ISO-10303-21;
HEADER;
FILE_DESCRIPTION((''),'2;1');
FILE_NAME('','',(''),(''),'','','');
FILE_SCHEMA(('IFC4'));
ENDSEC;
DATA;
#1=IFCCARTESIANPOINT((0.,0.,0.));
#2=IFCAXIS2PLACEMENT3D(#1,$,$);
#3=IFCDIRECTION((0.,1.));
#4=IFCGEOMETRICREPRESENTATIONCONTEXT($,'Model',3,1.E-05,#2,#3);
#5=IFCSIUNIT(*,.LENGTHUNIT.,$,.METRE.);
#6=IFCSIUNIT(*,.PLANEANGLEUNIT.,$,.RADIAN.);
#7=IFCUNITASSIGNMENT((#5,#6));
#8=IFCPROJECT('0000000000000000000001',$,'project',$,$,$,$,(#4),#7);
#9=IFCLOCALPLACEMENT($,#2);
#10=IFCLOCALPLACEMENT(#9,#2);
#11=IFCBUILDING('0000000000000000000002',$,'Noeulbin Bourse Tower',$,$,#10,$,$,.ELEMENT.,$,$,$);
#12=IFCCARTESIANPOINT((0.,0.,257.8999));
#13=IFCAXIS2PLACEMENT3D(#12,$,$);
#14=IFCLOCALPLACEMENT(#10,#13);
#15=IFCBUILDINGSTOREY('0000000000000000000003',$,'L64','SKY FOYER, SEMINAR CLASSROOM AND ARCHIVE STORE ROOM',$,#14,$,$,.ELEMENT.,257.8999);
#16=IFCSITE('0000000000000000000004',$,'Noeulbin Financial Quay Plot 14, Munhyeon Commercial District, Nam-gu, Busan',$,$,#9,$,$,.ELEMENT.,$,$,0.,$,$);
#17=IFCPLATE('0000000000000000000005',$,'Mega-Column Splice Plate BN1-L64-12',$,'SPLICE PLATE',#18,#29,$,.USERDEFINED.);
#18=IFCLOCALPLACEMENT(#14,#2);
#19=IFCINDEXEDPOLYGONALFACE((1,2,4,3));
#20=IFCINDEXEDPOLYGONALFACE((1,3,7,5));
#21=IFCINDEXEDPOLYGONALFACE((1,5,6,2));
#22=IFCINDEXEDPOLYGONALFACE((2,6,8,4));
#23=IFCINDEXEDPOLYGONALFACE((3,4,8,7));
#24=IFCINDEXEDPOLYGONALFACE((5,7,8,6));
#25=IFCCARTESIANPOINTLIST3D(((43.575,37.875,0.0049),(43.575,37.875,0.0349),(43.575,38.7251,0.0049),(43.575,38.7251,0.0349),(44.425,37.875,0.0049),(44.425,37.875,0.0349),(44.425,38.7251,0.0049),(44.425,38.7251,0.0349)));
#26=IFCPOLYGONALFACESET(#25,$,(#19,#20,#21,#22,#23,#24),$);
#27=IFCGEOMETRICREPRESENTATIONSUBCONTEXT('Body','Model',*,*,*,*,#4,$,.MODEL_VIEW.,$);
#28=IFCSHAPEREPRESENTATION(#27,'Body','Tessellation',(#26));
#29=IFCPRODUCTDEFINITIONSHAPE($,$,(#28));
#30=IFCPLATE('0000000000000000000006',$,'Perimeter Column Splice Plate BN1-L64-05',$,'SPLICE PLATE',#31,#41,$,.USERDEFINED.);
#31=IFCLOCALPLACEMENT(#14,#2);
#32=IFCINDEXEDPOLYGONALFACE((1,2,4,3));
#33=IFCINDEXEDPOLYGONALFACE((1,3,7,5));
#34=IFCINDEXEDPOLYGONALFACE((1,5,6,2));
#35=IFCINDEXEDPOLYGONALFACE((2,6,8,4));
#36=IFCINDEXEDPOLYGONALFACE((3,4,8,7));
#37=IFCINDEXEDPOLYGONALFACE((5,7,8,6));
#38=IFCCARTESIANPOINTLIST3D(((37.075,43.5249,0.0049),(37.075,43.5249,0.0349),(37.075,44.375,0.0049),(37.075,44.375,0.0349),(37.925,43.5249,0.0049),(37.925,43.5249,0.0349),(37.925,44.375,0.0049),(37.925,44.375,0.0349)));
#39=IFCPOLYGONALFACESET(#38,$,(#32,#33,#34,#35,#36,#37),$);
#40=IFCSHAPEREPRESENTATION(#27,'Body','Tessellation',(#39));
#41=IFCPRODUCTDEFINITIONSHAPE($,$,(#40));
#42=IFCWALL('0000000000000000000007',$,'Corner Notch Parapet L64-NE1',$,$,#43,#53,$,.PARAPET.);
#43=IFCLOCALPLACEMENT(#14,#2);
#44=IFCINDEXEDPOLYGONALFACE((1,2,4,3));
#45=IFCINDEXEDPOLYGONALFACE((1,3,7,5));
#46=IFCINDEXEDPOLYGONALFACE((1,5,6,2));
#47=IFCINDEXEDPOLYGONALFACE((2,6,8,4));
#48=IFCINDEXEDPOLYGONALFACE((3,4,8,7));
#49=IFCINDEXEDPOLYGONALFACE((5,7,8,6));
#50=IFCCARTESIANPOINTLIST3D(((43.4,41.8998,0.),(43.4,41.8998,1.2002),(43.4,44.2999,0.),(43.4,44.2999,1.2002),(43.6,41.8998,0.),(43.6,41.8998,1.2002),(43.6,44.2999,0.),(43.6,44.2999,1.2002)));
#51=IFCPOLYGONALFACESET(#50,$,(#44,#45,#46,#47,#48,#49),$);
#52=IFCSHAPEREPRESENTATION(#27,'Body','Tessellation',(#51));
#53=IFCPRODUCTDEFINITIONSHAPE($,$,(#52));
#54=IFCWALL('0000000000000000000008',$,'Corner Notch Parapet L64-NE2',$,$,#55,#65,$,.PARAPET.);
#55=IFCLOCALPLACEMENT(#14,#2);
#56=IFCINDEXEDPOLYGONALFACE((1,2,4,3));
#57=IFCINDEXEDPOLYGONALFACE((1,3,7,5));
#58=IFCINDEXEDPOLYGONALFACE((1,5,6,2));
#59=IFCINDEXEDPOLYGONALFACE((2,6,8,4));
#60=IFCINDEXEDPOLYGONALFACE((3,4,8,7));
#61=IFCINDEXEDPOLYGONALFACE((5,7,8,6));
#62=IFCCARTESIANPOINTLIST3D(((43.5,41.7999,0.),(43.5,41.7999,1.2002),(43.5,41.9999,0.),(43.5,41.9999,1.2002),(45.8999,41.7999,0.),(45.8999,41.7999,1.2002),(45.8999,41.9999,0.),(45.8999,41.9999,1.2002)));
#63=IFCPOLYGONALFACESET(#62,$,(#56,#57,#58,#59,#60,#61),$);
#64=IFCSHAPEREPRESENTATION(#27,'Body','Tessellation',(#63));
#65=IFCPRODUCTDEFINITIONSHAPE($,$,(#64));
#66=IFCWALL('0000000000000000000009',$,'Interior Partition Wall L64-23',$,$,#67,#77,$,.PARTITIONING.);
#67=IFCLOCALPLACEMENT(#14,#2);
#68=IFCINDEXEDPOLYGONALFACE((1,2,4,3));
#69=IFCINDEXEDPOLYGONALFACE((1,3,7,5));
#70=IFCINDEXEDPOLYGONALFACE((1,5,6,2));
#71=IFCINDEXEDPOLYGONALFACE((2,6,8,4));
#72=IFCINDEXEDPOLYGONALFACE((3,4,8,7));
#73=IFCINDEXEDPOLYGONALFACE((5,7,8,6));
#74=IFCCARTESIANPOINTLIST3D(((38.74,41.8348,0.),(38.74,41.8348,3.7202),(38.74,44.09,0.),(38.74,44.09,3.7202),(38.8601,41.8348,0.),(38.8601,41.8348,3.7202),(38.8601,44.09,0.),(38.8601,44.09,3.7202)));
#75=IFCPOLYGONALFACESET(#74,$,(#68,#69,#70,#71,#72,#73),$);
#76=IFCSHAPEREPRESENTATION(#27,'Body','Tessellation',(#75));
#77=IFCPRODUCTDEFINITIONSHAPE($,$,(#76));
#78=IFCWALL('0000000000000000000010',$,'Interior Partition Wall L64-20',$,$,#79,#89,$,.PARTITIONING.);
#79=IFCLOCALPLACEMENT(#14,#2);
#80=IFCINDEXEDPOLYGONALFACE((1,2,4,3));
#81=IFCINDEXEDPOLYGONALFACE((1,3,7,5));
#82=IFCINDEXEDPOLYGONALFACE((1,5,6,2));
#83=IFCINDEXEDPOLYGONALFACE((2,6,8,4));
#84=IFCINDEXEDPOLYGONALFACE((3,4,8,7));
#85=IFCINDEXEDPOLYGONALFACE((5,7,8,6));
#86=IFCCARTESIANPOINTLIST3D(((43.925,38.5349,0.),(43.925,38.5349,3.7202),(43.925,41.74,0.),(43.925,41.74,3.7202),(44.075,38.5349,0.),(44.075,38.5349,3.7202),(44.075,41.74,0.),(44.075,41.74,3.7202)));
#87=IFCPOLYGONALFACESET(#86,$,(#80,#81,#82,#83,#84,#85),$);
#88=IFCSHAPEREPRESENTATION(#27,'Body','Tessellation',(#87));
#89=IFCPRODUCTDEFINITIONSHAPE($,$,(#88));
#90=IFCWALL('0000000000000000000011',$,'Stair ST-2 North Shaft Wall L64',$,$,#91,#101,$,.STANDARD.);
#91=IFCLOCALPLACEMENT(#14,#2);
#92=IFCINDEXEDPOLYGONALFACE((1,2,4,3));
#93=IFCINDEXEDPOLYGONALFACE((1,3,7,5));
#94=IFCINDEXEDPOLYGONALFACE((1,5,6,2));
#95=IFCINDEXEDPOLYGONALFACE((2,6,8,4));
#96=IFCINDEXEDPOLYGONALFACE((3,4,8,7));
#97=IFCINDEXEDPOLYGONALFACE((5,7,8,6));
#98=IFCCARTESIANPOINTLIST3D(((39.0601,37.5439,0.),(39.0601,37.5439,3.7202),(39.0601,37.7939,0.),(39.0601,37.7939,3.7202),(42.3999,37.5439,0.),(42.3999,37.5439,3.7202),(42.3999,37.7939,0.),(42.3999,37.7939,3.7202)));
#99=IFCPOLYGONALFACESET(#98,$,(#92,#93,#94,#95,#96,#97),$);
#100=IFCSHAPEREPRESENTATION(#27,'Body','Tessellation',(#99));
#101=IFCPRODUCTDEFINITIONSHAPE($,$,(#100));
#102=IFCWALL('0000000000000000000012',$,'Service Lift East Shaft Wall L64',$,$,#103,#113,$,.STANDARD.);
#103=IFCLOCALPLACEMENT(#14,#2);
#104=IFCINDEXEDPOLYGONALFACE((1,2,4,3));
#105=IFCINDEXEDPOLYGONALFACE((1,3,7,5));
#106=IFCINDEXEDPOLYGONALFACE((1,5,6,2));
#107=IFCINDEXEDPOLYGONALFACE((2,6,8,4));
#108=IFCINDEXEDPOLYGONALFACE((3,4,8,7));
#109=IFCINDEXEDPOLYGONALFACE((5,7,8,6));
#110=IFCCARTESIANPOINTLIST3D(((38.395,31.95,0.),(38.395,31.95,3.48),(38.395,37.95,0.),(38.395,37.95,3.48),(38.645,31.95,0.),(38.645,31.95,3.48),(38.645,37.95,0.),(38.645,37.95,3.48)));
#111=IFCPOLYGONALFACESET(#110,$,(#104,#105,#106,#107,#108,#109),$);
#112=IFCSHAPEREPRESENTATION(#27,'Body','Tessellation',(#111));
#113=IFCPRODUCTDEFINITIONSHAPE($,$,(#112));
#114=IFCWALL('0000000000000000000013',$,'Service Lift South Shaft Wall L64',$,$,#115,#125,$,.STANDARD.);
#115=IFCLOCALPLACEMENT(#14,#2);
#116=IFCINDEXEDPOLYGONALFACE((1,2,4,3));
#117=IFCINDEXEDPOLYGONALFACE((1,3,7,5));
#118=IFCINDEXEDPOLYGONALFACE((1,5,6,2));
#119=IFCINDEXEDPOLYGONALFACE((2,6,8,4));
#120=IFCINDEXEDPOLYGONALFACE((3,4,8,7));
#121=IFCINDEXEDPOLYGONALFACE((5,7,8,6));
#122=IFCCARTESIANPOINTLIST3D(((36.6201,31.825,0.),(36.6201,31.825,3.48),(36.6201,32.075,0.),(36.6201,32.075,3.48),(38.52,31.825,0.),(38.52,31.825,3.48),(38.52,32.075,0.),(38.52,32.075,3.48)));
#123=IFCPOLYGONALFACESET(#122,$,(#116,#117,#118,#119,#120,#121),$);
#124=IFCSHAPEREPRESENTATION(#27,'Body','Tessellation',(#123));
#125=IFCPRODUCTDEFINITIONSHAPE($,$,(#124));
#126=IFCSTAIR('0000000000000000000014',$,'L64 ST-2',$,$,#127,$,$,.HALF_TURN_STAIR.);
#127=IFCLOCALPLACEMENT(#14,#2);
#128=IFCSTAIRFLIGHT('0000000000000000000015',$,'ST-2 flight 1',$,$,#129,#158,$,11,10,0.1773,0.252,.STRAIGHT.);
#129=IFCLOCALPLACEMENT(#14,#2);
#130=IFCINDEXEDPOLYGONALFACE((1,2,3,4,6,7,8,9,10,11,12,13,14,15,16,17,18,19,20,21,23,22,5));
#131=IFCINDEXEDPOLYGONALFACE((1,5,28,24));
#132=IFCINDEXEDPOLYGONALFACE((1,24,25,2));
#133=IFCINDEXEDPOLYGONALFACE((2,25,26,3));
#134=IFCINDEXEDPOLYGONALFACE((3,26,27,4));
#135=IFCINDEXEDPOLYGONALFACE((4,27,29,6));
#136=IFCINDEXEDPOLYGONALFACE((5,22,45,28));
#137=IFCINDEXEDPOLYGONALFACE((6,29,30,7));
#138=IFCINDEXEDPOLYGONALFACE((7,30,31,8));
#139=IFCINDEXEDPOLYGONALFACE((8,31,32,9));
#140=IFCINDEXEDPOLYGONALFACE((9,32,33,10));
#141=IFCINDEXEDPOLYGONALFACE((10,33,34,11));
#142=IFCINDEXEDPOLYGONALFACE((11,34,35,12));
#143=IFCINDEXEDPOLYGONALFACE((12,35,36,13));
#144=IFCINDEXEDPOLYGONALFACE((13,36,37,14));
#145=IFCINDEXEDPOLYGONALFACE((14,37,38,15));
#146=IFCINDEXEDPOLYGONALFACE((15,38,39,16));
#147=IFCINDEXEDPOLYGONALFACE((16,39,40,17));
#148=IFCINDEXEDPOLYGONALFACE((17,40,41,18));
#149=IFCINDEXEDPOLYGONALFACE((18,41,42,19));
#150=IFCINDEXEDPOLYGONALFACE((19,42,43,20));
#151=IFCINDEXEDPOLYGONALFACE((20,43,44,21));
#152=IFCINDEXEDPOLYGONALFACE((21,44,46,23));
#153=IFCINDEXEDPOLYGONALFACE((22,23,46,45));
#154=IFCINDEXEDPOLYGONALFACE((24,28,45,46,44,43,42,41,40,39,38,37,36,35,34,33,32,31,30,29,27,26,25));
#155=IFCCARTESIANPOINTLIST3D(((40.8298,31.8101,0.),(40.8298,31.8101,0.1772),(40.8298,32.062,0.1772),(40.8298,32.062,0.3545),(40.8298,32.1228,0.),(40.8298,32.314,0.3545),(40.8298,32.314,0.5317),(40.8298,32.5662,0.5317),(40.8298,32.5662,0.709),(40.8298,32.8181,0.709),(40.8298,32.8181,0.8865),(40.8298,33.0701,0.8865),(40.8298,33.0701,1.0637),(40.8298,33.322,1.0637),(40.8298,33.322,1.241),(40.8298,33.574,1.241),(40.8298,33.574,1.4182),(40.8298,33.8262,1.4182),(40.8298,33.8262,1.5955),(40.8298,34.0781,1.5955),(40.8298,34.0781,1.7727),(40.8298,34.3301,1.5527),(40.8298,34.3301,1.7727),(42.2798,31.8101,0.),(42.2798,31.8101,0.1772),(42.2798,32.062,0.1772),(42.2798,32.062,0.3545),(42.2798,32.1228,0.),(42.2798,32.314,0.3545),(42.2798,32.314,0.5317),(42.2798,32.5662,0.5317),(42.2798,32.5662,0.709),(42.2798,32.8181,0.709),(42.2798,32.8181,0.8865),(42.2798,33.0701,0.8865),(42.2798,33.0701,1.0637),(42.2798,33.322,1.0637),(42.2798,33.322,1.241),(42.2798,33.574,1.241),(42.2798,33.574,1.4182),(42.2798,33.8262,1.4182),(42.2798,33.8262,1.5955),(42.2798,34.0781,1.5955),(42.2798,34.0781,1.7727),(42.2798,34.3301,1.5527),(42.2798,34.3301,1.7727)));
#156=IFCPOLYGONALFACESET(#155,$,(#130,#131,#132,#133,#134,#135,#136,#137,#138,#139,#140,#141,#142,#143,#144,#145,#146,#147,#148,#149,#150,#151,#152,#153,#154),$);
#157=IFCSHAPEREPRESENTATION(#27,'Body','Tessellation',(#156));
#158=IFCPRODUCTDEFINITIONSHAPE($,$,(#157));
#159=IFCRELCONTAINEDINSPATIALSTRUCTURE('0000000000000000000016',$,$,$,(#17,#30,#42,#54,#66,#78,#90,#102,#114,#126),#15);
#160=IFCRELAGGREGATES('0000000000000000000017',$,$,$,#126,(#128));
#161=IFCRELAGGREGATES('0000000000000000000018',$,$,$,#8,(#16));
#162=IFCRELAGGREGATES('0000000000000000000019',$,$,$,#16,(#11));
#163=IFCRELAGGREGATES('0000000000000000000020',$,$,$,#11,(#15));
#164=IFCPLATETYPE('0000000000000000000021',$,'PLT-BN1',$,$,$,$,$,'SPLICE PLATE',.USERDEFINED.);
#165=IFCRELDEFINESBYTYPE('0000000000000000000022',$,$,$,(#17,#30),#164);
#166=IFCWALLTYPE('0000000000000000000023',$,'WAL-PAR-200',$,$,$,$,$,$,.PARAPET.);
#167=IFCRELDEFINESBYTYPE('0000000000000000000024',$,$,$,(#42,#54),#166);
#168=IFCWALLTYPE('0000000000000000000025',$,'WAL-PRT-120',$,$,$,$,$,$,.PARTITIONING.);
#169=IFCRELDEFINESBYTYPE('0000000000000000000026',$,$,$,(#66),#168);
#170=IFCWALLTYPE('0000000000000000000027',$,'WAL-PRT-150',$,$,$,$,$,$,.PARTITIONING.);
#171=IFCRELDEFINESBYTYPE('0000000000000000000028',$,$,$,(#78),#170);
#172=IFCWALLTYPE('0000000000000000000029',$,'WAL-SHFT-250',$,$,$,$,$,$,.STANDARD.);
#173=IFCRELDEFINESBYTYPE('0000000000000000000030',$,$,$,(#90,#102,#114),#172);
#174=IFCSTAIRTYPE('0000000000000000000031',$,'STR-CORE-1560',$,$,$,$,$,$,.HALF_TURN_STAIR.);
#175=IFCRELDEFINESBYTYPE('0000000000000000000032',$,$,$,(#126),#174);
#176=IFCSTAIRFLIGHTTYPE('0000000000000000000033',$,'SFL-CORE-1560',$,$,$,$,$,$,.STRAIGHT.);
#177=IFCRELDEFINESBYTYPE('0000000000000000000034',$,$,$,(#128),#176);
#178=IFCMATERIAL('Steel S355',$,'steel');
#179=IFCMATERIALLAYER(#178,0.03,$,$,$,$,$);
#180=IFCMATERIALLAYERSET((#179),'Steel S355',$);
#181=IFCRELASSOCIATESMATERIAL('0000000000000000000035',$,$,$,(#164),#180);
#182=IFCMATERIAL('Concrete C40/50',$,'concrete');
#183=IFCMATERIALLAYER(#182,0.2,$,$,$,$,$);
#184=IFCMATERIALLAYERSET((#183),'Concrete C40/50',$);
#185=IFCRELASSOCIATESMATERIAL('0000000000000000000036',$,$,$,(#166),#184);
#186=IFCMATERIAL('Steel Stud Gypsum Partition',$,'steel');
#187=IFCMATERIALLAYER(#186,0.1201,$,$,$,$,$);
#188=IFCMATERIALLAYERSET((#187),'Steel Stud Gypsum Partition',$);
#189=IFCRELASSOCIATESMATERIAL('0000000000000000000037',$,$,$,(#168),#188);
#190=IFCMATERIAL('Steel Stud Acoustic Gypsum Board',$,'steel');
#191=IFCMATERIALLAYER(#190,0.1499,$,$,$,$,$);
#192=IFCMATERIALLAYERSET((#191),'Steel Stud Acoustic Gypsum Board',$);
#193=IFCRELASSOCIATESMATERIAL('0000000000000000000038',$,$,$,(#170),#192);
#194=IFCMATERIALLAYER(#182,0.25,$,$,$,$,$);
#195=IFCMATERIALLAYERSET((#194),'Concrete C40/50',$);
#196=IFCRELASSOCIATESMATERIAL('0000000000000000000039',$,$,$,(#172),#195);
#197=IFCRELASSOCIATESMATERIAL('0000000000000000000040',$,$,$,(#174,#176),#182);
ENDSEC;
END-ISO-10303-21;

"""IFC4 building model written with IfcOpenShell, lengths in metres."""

from ifc_helpers import new_model, si_unit, direction, frame, frame_2d, origin, origin_2d, place, context, subcontext, project, spatial, polyline, rectangle, outline, extrude, material, layer, layer_set, type_object, element, aggregate, save


model = new_model("IFC4")

# Units and contexts
model_context = context("Model", 3, precision=1e-05, world=origin(), true_north=direction((0.0, 1.0)))
body_context = subcontext(model_context, "Body", "Model", "MODEL_VIEW")
ifc_project = project(units=[si_unit("LENGTHUNIT", "METRE"), si_unit("PLANEANGLEUNIT", "RADIAN")], contexts=[model_context])

# Site, building, storey
site_placement = place(None, origin())
site = spatial("IfcSite", under=ifc_project, at=site_placement, Name="Noeulbin Financial Quay Plot 14, Munhyeon Commercial District, Nam-gu, Busan", CompositionType="ELEMENT", RefElevation=0.0)
building_placement = place(site_placement, origin())
building = spatial("IfcBuilding", under=site, at=building_placement, Name="Noeulbin Bourse Tower", CompositionType="ELEMENT")
storey_placement = place(building_placement, frame((0.0, 0.0, 257.8999)))
storey = spatial("IfcBuildingStorey", under=building, at=storey_placement, Name="L64", Description="SKY FOYER, SEMINAR CLASSROOM AND ARCHIVE STORE ROOM", CompositionType="ELEMENT", Elevation=257.8999)

# Shared definitions
ifc_material_1 = material(Name="Steel S355", Category="steel")

# Plates
ifc_layer_1 = layer(ifc_material_1, 0.03)
ifc_layer_set_1 = layer_set([ifc_layer_1], Name="Steel S355")
plate_type_1 = type_object("IfcPlateType", Name="PLT-BN1", ElementType="SPLICE PLATE", PredefinedType="USERDEFINED", material=ifc_layer_set_1)
for number, where, z_axis, x_axis, name in (
    (1, (44.0, 38.3, 0.0049), (0.0, 0.0, 1.0), (1.0, 0.0, 0.0), "Mega-Column Splice Plate BN1-L64-12"),
    (2, (37.5, 43.95, 0.0049), (0.0, 0.0, 1.0), (1.0, 0.0, 0.0), "Perimeter Column Splice Plate BN1-L64-05"),
):
    element("IfcPlate", number, at=place(storey_placement, frame(where, z_axis=z_axis, x_axis=x_axis)), inside=storey, type_object=plate_type_1, Name=name, ObjectType="SPLICE PLATE", PredefinedType="USERDEFINED", context=body_context, shape_type="SweptSolid", body=[
        extrude(rectangle(XDim=0.8501, YDim=0.8501, at=origin_2d()), origin(), (0.0, 0.0, 1.0), 0.03),
    ])

# Walls
ifc_material_2 = material(Name="Concrete C40/50", Category="concrete")
ifc_layer_2 = layer(ifc_material_2, 0.2)
ifc_layer_set_2 = layer_set([ifc_layer_2], Name="Concrete C40/50")
wall_type_1 = type_object("IfcWallType", Name="WAL-PAR-200", PredefinedType="PARAPET", material=ifc_layer_set_2)
wall_1_placement = place(storey_placement, frame((43.5, 44.3, 0.0), z_axis=(0.0, 0.0, 1.0), x_axis=(0.0, -1.0, 0.0)))
element("IfcWall", 3, at=wall_1_placement, inside=storey, type_object=wall_type_1, Name="Corner Notch Parapet L64-NE1", PredefinedType="PARAPET", context=body_context, shape_type="SweptSolid", body=[
    extrude(rectangle(XDim=2.4001, YDim=0.2, at=frame_2d((1.2002, 0.0))), origin(), (0.0, 0.0, 1.0), 1.2002),
])
wall_2_placement = place(storey_placement, frame((43.5, 41.8999, 0.0), z_axis=(0.0, 0.0, 1.0), x_axis=(1.0, 0.0, 0.0)))
element("IfcWall", 4, at=wall_2_placement, inside=storey, type_object=wall_type_1, Name="Corner Notch Parapet L64-NE2", PredefinedType="PARAPET", context=body_context, shape_type="SweptSolid", body=[
    extrude(rectangle(XDim=2.3999, YDim=0.2, at=frame_2d((1.2, 0.0))), origin(), (0.0, 0.0, 1.0), 1.2002),
])
ifc_material_3 = material(Name="Steel Stud Gypsum Partition", Category="steel")
ifc_layer_3 = layer(ifc_material_3, 0.1201)
ifc_layer_set_3 = layer_set([ifc_layer_3], Name="Steel Stud Gypsum Partition")
wall_type_2 = type_object("IfcWallType", Name="WAL-PRT-120", PredefinedType="PARTITIONING", material=ifc_layer_set_3)
wall_3_placement = place(storey_placement, frame((38.8, 41.835, 0.0), z_axis=(0.0, 0.0, 1.0), x_axis=(0.0, 1.0, 0.0)))
element("IfcWall", 5, at=wall_3_placement, inside=storey, type_object=wall_type_2, Name="Interior Partition Wall L64-23", PredefinedType="PARTITIONING", context=body_context, shape_type="SweptSolid", body=[
    extrude(rectangle(XDim=2.2551, YDim=0.1201, at=frame_2d((1.1274, 0.0))), origin(), (0.0, 0.0, 1.0), 3.7202),
])
ifc_material_4 = material(Name="Steel Stud Acoustic Gypsum Board", Category="steel")
ifc_layer_4 = layer(ifc_material_4, 0.1499)
ifc_layer_set_4 = layer_set([ifc_layer_4], Name="Steel Stud Acoustic Gypsum Board")
wall_type_3 = type_object("IfcWallType", Name="WAL-PRT-150", PredefinedType="PARTITIONING", material=ifc_layer_set_4)
wall_4_placement = place(storey_placement, frame((44.0, 38.5349, 0.0), z_axis=(0.0, 0.0, 1.0), x_axis=(0.0, 1.0, 0.0)))
element("IfcWall", 6, at=wall_4_placement, inside=storey, type_object=wall_type_3, Name="Interior Partition Wall L64-20", PredefinedType="PARTITIONING", context=body_context, shape_type="SweptSolid", body=[
    extrude(rectangle(XDim=3.2051, YDim=0.1499, at=frame_2d((1.6025, 0.0))), origin(), (0.0, 0.0, 1.0), 3.7202),
])
ifc_layer_5 = layer(ifc_material_2, 0.25)
ifc_layer_set_5 = layer_set([ifc_layer_5], Name="Concrete C40/50")
wall_type_4 = type_object("IfcWallType", Name="WAL-SHFT-250", PredefinedType="STANDARD", material=ifc_layer_set_5)
wall_5_placement = place(storey_placement, frame((39.0601, 37.6689, 0.0), z_axis=(0.0, 0.0, 1.0), x_axis=(1.0, 0.0, 0.0)))
element("IfcWall", 7, at=wall_5_placement, inside=storey, type_object=wall_type_4, Name="Stair ST-2 North Shaft Wall L64", PredefinedType="STANDARD", context=body_context, shape_type="SweptSolid", body=[
    extrude(rectangle(XDim=3.3398, YDim=0.25, at=frame_2d((1.6699, 0.0))), origin(), (0.0, 0.0, 1.0), 3.7202),
])
wall_6_placement = place(storey_placement, frame((38.52, 31.95, 0.0), z_axis=(0.0, 0.0, 1.0), x_axis=(0.0, 1.0, 0.0)))
element("IfcWall", 8, at=wall_6_placement, inside=storey, type_object=wall_type_4, Name="Service Lift East Shaft Wall L64", PredefinedType="STANDARD", context=body_context, shape_type="SweptSolid", body=[
    extrude(rectangle(XDim=6.0, YDim=0.25, at=frame_2d((3.0, 0.0))), origin(), (0.0, 0.0, 1.0), 3.48),
])
wall_7_placement = place(storey_placement, frame((36.6201, 31.95, 0.0), z_axis=(0.0, 0.0, 1.0), x_axis=(1.0, 0.0, 0.0)))
element("IfcWall", 9, at=wall_7_placement, inside=storey, type_object=wall_type_4, Name="Service Lift South Shaft Wall L64", PredefinedType="STANDARD", context=body_context, shape_type="SweptSolid", body=[
    extrude(rectangle(XDim=1.8999, YDim=0.25, at=frame_2d((0.95, 0.0))), origin(), (0.0, 0.0, 1.0), 3.48),
])

# Stair, stair flight
stair_type = type_object("IfcStairType", Name="STR-CORE-1560", PredefinedType="HALF_TURN_STAIR", material=ifc_material_2)
stair_placement = place(storey_placement, origin())
stair = element("IfcStair", 10, at=stair_placement, inside=storey, type_object=stair_type, Name="L64 ST-2", PredefinedType="HALF_TURN_STAIR")
stair_flight_type = type_object("IfcStairFlightType", Name="SFL-CORE-1560", PredefinedType="STRAIGHT", material=ifc_material_2)
stair_flight_1_placement = place(storey_placement, frame((41.5549, 31.8101, 0.0), z_axis=(0.0, 0.0, 1.0), x_axis=(0.0, 1.0, 0.0)))
stair_flight_1 = element("IfcStairFlight", 11, at=stair_flight_1_placement, type_object=stair_flight_type, Name="ST-2 flight 1", NumberOfRisers=11, NumberOfTreads=10, PredefinedType="STRAIGHT", RiserHeight=0.1773, TreadLength=0.252, context=body_context, shape_type="SweptSolid", body=[
    extrude(outline(polyline([(0.0, 0.0), (0.0, 0.1772), (0.252, 0.1772), (0.252, 0.3545), (0.5039, 0.3545), (0.5039, 0.5317), (0.7561, 0.5317), (0.7561, 0.709), (1.0081, 0.709), (1.0081, 0.8865), (1.26, 0.8865), (1.26, 1.0637), (1.512, 1.0637), (1.512, 1.241), (1.7639, 1.241), (1.7639, 1.4182), (2.0161, 1.4182), (2.0161, 1.5955), (2.2681, 1.5955), (2.2681, 1.7727), (2.52, 1.7727), (2.52, 1.95), (2.52, 1.5527), (0.3127, 0.0), (0.0, 0.0)])), frame((0.0, 0.7251, 0.0), z_axis=(0.0, -1.0, 0.0), x_axis=(1.0, 0.0, 0.0)), (0.0, 0.0, 1.0), 1.45),
])
aggregate(stair, [stair_flight_1])

save(model, "model.ifc")
